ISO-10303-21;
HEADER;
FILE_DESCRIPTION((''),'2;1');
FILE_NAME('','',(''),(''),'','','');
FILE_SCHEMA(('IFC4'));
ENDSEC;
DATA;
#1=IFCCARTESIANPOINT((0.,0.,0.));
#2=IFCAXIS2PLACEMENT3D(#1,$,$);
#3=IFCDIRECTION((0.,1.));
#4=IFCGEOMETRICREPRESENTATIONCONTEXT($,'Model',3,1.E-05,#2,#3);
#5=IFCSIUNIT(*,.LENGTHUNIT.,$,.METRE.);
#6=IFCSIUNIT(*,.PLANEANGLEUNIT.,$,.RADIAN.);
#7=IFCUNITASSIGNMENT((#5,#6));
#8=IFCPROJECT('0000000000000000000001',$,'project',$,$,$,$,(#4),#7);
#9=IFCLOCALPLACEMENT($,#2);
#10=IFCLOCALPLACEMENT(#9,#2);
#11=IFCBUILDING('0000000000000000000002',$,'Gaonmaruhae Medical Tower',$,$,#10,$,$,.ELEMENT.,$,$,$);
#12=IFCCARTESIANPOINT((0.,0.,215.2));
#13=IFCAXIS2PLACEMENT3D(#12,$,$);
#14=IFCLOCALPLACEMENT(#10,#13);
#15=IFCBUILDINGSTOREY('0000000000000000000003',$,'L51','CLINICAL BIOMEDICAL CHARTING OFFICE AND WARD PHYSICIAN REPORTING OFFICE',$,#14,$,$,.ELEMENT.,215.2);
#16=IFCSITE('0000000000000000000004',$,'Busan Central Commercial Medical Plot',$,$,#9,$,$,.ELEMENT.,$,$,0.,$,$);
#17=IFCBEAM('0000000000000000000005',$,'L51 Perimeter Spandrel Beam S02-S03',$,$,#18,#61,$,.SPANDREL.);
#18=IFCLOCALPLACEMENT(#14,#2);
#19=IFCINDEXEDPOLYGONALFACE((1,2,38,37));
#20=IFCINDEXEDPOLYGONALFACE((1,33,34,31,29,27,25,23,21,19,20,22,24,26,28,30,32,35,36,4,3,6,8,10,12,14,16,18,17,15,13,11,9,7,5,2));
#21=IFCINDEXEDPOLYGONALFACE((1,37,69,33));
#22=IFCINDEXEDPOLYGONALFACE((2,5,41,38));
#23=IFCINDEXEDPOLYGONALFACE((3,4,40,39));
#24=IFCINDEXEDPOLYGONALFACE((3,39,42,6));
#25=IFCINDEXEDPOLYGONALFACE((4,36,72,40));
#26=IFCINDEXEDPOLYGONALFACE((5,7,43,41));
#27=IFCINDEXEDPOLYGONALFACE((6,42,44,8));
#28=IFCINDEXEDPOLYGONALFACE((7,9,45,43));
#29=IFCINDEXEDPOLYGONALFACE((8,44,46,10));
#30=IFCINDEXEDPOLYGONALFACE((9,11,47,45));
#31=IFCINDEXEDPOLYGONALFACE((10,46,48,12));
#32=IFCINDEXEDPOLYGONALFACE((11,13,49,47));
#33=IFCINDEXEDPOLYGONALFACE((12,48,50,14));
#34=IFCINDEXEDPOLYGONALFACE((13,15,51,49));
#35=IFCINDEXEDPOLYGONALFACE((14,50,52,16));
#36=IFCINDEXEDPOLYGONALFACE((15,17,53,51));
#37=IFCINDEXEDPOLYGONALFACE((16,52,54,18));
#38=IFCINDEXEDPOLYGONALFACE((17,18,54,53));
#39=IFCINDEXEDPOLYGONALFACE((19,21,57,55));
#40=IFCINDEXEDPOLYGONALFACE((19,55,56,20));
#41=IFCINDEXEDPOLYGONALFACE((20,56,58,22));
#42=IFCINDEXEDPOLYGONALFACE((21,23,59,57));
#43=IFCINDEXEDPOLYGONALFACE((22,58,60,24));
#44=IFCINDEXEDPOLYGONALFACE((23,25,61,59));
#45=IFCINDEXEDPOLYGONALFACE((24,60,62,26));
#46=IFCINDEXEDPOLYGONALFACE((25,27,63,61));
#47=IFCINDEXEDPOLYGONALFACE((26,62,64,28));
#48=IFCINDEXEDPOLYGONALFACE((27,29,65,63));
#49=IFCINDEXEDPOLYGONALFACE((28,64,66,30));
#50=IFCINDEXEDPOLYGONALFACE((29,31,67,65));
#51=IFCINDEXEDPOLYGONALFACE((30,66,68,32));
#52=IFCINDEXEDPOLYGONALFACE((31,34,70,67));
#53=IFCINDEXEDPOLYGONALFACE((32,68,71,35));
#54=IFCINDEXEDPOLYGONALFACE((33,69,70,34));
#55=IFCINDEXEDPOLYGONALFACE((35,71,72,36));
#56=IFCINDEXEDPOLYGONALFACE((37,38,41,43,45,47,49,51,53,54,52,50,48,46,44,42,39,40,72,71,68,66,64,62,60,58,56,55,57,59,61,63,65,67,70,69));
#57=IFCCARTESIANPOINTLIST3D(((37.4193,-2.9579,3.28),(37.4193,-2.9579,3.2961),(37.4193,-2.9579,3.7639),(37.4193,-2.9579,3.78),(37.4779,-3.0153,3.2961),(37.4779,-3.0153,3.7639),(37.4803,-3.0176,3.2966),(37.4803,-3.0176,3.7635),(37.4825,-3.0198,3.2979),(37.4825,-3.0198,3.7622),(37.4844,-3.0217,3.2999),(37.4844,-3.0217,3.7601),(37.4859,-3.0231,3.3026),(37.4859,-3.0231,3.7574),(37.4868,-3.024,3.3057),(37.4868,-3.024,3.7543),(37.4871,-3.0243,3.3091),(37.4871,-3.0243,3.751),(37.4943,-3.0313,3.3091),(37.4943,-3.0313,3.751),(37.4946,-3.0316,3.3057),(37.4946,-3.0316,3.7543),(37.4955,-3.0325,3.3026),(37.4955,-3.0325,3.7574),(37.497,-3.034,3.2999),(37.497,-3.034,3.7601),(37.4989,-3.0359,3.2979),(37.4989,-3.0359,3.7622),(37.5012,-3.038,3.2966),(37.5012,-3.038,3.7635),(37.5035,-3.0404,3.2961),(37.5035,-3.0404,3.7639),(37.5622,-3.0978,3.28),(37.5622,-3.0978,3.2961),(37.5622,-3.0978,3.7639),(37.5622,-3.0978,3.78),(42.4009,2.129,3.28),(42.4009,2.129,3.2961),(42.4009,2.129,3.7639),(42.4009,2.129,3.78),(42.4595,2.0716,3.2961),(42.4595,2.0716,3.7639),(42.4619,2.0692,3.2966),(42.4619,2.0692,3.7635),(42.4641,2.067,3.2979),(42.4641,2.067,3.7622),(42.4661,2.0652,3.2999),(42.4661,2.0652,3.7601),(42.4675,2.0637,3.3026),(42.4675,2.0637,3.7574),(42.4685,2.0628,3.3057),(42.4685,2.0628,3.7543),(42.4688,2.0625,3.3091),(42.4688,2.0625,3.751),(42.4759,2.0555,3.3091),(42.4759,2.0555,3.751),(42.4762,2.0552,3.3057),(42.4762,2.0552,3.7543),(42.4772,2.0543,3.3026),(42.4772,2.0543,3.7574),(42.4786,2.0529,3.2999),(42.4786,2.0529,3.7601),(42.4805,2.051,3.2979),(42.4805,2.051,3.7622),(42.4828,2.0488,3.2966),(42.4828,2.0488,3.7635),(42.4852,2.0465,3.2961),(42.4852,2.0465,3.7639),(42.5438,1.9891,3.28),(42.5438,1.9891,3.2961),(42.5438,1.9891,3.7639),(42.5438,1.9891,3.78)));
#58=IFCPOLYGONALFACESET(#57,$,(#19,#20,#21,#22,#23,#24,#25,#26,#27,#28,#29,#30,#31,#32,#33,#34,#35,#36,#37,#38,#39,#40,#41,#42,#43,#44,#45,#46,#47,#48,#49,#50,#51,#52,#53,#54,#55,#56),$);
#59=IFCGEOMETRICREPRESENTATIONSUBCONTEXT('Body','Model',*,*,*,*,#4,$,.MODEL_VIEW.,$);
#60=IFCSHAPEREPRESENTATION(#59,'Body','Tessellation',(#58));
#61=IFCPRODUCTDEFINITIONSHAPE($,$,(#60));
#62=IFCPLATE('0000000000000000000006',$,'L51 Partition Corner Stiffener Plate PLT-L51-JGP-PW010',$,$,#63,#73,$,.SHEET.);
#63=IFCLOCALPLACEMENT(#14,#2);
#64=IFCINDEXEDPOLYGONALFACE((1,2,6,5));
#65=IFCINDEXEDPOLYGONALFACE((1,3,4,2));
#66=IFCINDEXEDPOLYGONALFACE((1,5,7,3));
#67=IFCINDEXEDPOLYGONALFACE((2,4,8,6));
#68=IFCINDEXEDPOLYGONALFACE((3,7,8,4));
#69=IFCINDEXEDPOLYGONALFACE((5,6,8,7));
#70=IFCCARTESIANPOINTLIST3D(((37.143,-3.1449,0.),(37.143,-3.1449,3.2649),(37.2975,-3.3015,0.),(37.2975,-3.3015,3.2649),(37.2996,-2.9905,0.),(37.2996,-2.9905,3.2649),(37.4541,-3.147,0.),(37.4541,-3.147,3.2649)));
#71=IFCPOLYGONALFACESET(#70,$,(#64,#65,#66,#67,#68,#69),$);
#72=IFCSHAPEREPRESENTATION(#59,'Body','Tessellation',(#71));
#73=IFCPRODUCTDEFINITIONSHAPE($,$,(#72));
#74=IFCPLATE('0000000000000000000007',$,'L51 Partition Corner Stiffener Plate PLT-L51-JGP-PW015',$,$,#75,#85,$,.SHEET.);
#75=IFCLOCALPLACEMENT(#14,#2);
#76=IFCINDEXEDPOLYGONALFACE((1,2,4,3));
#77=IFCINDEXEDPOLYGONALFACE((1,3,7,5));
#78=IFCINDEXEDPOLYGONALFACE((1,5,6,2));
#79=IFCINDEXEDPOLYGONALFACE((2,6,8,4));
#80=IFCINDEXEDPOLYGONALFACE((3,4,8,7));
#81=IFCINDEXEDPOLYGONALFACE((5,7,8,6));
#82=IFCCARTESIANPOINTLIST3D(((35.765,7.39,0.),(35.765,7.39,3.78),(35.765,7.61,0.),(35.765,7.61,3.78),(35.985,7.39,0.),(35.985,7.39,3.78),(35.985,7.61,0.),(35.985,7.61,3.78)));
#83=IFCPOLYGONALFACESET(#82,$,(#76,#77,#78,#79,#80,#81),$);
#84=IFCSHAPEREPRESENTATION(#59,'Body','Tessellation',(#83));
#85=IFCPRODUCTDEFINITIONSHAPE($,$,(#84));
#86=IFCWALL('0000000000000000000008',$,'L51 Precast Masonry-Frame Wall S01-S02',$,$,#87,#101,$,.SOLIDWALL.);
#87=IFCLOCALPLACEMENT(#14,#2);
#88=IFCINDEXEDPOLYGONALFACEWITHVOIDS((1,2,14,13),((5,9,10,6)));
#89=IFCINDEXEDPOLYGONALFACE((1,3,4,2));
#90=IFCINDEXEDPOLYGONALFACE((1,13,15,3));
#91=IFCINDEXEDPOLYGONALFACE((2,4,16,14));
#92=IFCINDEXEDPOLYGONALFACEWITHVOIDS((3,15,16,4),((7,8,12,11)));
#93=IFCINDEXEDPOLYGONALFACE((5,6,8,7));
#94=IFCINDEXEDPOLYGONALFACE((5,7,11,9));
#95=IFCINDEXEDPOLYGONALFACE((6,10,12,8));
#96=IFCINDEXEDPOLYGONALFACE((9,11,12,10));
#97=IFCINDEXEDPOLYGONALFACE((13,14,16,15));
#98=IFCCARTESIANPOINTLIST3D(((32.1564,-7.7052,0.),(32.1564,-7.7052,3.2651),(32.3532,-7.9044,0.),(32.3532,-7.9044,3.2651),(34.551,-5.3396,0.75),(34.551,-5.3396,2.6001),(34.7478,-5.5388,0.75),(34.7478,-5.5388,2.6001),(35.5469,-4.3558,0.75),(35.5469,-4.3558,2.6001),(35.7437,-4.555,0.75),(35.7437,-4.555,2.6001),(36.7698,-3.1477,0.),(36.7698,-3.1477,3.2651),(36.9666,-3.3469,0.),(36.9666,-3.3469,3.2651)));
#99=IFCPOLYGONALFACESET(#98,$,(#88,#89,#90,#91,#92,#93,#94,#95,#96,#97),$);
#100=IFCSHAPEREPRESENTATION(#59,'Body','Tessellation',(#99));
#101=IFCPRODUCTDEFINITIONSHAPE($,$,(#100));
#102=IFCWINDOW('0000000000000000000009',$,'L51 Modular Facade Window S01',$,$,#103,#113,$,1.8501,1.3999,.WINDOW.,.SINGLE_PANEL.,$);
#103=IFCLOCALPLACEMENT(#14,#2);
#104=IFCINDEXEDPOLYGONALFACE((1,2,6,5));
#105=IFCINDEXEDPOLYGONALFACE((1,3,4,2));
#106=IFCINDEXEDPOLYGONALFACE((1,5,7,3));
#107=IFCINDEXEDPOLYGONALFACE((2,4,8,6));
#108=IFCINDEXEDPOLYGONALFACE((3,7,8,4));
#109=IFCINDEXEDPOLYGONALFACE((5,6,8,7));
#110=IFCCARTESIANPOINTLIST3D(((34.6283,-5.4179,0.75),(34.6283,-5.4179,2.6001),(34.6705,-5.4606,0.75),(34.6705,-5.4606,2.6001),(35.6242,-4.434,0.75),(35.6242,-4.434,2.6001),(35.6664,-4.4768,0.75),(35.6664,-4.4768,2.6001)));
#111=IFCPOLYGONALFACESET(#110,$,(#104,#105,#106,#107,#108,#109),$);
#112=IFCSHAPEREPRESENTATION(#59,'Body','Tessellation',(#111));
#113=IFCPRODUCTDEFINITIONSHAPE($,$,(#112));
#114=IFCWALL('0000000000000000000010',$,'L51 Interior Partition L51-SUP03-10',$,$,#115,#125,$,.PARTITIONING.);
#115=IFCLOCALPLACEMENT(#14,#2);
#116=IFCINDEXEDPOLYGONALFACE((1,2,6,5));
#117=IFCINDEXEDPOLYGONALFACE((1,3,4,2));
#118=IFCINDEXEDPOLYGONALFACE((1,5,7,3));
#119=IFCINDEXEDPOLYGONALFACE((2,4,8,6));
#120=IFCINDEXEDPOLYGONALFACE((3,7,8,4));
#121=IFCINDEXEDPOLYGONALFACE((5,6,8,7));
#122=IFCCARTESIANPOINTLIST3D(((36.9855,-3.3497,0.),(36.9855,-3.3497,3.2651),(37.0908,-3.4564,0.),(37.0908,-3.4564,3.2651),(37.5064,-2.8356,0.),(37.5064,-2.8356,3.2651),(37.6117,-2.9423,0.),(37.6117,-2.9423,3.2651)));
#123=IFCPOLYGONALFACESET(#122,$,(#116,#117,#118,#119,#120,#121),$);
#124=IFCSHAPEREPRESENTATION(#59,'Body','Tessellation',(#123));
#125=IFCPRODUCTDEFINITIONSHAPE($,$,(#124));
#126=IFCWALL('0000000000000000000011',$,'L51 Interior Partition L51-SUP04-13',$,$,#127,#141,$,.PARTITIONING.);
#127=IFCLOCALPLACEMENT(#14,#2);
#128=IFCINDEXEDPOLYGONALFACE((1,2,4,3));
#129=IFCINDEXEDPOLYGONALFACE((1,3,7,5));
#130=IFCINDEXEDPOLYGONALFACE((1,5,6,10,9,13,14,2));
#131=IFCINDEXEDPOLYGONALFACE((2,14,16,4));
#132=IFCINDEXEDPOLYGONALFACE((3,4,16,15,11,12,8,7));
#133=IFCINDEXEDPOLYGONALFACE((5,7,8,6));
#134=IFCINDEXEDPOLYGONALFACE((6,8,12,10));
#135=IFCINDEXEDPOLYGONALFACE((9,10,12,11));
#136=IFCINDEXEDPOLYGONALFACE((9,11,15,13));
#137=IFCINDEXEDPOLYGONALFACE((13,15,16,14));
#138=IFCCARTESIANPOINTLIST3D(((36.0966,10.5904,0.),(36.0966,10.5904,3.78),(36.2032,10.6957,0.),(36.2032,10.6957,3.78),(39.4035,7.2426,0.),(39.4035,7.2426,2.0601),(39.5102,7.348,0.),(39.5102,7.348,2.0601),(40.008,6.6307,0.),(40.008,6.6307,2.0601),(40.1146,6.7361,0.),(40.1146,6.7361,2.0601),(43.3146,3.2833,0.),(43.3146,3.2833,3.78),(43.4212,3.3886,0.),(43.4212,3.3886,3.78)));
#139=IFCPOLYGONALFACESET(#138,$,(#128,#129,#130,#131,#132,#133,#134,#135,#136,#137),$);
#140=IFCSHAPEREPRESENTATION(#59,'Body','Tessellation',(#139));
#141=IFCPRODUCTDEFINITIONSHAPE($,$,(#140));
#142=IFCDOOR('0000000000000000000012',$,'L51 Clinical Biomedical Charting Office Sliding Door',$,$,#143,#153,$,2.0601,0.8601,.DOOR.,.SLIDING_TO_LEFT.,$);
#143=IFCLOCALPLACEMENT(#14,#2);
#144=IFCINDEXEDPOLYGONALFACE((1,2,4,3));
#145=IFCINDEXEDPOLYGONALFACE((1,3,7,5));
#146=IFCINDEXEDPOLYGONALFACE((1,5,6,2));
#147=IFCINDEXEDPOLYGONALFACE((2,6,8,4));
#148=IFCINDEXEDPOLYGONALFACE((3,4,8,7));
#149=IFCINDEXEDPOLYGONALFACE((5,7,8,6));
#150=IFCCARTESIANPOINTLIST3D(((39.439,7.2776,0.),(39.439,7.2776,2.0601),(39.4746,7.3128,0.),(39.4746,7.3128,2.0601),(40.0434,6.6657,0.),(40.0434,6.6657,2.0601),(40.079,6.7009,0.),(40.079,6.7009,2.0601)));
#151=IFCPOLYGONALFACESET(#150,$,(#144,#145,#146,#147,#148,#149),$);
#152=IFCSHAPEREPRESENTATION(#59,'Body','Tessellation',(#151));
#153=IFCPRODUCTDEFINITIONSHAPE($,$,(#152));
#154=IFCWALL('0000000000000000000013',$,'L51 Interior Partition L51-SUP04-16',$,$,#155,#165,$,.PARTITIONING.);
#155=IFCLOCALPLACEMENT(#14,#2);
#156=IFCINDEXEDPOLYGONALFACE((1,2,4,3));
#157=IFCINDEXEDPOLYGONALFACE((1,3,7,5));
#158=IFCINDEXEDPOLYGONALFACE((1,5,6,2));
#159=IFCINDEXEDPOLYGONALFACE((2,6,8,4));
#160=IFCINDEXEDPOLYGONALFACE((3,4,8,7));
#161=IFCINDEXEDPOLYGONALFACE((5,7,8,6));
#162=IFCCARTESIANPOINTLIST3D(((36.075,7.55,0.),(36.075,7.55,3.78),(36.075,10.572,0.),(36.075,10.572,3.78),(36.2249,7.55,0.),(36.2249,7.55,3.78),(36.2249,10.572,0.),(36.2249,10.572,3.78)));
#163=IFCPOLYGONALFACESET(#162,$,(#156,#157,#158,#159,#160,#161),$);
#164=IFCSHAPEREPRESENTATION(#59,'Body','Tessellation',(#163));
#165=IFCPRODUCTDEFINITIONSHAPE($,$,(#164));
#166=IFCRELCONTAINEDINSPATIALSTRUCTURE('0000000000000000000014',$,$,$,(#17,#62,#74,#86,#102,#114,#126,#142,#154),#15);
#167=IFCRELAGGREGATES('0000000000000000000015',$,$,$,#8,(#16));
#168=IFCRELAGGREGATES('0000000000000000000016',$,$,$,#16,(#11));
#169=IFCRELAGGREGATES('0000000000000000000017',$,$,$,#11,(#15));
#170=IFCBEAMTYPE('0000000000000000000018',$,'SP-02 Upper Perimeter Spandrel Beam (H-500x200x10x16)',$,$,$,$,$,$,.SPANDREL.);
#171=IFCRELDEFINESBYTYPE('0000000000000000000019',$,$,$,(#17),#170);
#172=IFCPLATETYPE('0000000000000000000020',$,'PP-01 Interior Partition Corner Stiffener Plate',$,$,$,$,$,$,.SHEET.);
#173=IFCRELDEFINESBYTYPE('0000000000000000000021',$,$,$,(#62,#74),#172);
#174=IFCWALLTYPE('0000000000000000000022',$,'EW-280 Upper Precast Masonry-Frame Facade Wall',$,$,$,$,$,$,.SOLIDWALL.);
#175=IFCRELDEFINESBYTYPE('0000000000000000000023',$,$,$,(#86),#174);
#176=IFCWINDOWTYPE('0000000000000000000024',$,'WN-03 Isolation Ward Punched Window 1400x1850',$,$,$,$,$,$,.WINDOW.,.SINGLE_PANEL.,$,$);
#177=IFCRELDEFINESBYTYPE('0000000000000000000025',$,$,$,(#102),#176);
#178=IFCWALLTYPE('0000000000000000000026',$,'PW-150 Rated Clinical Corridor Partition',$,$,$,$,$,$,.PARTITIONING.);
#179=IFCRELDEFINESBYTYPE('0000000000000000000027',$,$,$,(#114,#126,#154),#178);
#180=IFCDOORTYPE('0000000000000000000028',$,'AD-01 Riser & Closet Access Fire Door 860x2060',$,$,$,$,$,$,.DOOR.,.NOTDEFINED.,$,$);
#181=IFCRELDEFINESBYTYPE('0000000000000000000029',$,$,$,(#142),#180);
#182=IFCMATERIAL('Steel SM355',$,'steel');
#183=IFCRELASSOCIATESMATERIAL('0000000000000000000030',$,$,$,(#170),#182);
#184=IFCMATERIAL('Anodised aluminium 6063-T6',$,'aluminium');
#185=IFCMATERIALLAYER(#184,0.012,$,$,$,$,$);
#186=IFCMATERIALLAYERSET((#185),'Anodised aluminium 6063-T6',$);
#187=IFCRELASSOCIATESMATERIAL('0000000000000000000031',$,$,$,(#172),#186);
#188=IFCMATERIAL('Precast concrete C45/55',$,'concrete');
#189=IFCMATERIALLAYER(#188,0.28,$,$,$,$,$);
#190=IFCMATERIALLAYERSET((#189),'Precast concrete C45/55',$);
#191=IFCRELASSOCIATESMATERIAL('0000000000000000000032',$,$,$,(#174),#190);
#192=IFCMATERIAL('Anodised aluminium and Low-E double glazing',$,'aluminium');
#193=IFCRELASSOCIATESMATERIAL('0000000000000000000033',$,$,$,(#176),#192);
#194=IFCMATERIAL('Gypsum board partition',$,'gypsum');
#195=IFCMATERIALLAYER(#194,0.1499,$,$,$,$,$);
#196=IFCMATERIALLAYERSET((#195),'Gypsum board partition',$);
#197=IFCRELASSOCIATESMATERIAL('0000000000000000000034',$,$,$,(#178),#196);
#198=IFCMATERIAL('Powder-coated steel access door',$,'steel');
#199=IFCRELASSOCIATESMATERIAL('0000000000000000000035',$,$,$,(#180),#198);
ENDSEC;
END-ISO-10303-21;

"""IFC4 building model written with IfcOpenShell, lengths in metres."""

from ifc_helpers import new_model, si_unit, direction, frame, frame_2d, origin, origin_2d, place, context, subcontext, project, spatial, rectangle, i_section, extrude, material, layer, layer_set, material_profile, profile_set, type_object, element, fill, save


model = new_model("IFC4")

# Units and contexts
model_context = context("Model", 3, precision=1e-05, world=origin(), true_north=direction((0.0, 1.0)))
body_context = subcontext(model_context, "Body", "Model", "MODEL_VIEW")
ifc_project = project(units=[si_unit("LENGTHUNIT", "METRE"), si_unit("PLANEANGLEUNIT", "RADIAN")], contexts=[model_context])

# Site, building, storey
site_placement = place(None, origin())
site = spatial("IfcSite", under=ifc_project, at=site_placement, Name="Busan Central Commercial Medical Plot", CompositionType="ELEMENT", RefElevation=0.0)
building_placement = place(site_placement, origin())
building = spatial("IfcBuilding", under=site, at=building_placement, Name="Gaonmaruhae Medical Tower", CompositionType="ELEMENT")
storey_placement = place(building_placement, frame((0.0, 0.0, 215.2)))
storey = spatial("IfcBuildingStorey", under=building, at=storey_placement, Name="L51", Description="CLINICAL BIOMEDICAL CHARTING OFFICE AND WARD PHYSICIAN REPORTING OFFICE", CompositionType="ELEMENT", Elevation=215.2)

# Beam
ifc_material_1 = material(Name="Steel SM355", Category="steel")
ifc_material_profile_1 = material_profile(ifc_material_1, i_section(OverallWidth=0.2, OverallDepth=0.5, WebThickness=0.01, FlangeThickness=0.0161, FilletRadius=0.0129, at=origin_2d()), Name="H-500x200x10x16")
ifc_profile_set_1 = profile_set([ifc_material_profile_1], Name="Steel SM355")
beam_type_1 = type_object("IfcBeamType", Name="SP-02 Upper Perimeter Spandrel Beam (H-500x200x10x16)", PredefinedType="SPANDREL", material=ifc_profile_set_1)
beam_1_placement = place(storey_placement, frame((37.4907, -3.0278, 3.53), z_axis=(0.699679, 0.714458, 0.0), x_axis=(-0.714458, 0.699679, 0.0)))
element("IfcBeam", 1, at=beam_1_placement, inside=storey, type_object=beam_type_1, Name="L51 Perimeter Spandrel Beam S02-S03", PredefinedType="SPANDREL", context=body_context, shape_type="SweptSolid", body=[
    extrude(i_section(OverallWidth=0.2, OverallDepth=0.5, WebThickness=0.01, FlangeThickness=0.0161, FilletRadius=0.0129, at=origin_2d()), origin(), (0.0, 0.0, 1.0), 7.1199),
])

# Plates
ifc_material_2 = material(Name="Anodised aluminium 6063-T6", Category="aluminium")
ifc_layer_1 = layer(ifc_material_2, 0.012)
ifc_layer_set_1 = layer_set([ifc_layer_1], Name="Anodised aluminium 6063-T6")
plate_type = type_object("IfcPlateType", Name="PP-01 Interior Partition Corner Stiffener Plate", PredefinedType="SHEET", material=ifc_layer_set_1)
plate_1_placement = place(storey_placement, frame((37.2986, -3.146, 0.0), z_axis=(0.0, 0.0, 1.0), x_axis=(-0.711879, -0.702302, 0.0)))
element("IfcPlate", 2, at=plate_1_placement, inside=storey, type_object=plate_type, Name="L51 Partition Corner Stiffener Plate PLT-L51-JGP-PW010", PredefinedType="SHEET", context=body_context, shape_type="SweptSolid", body=[
    extrude(rectangle(XDim=0.22, YDim=0.22, at=origin_2d()), origin(), (0.0, 0.0, 1.0), 3.2649),
])
plate_2_placement = place(storey_placement, frame((35.875, 7.5, 0.0), z_axis=(0.0, 0.0, 1.0), x_axis=(1.0, 0.0, 0.0)))
element("IfcPlate", 3, at=plate_2_placement, inside=storey, type_object=plate_type, Name="L51 Partition Corner Stiffener Plate PLT-L51-JGP-PW015", PredefinedType="SHEET", context=body_context, shape_type="SweptSolid", body=[
    extrude(rectangle(XDim=0.22, YDim=0.22, at=origin_2d()), origin(), (0.0, 0.0, 1.0), 3.78),
])

# Wall, opening, window
ifc_material_3 = material(Name="Precast concrete C45/55", Category="concrete")
ifc_layer_2 = layer(ifc_material_3, 0.28)
ifc_layer_set_2 = layer_set([ifc_layer_2], Name="Precast concrete C45/55")
wall_type_1 = type_object("IfcWallType", Name="EW-280 Upper Precast Masonry-Frame Facade Wall", PredefinedType="SOLIDWALL", material=ifc_layer_set_2)
wall_1_placement = place(storey_placement, frame((36.8682, -3.2473, 0.0), z_axis=(0.0, 0.0, 1.0), x_axis=(-0.711404, -0.702783, 0.0)))
wall_1 = element("IfcWall", 4, at=wall_1_placement, inside=storey, type_object=wall_type_1, Name="L51 Precast Masonry-Frame Wall S01-S02", PredefinedType="SOLIDWALL", context=body_context, shape_type="SweptSolid", body=[
    extrude(rectangle(XDim=6.4849, YDim=0.28, at=frame_2d((3.2424, 0.0))), origin(), (0.0, 0.0, 1.0), 3.2651),
])
opening_1_placement = place(wall_1_placement, frame((1.719, 0.0, 0.75)))
opening_1 = element("IfcOpeningElement", 5, at=opening_1_placement, cuts=wall_1, PredefinedType="OPENING", context=body_context, shape_type="SweptSolid", body=[
    extrude(rectangle(XDim=1.3999, YDim=1.8501, at=frame_2d((0.7, 0.925))), frame((0.0, 0.1499, 0.0), z_axis=(0.0, -1.0, 0.0), x_axis=(1.0, 0.0, 0.0)), (0.0, 0.0, 1.0), 0.3),
])
ifc_material_4 = material(Name="Anodised aluminium and Low-E double glazing", Category="aluminium")
window_type = type_object("IfcWindowType", Name="WN-03 Isolation Ward Punched Window 1400x1850", PartitioningType="SINGLE_PANEL", PredefinedType="WINDOW", material=ifc_material_4)
window_placement = place(opening_1_placement, origin())
window = element("IfcWindow", 6, at=window_placement, inside=storey, type_object=window_type, Name="L51 Modular Facade Window S01", OverallHeight=1.8501, OverallWidth=1.3999, PartitioningType="SINGLE_PANEL", PredefinedType="WINDOW", context=body_context, shape_type="SweptSolid", body=[
    extrude(rectangle(XDim=1.3999, YDim=1.8501, at=frame_2d((0.7, 0.925))), frame((0.0, 0.03, 0.0), z_axis=(0.0, -1.0, 0.0), x_axis=(1.0, 0.0, 0.0)), (0.0, 0.0, 1.0), 0.0601),
])
fill(opening_1, window)

# Wall
ifc_material_5 = material(Name="Gypsum board partition", Category="gypsum")
ifc_layer_3 = layer(ifc_material_5, 0.1499)
ifc_layer_set_3 = layer_set([ifc_layer_3], Name="Gypsum board partition")
wall_type_2 = type_object("IfcWallType", Name="PW-150 Rated Clinical Corridor Partition", PredefinedType="PARTITIONING", material=ifc_layer_set_3)
wall_2_placement = place(storey_placement, frame((37.5591, -2.8889, 0.0), z_axis=(0.0, 0.0, 1.0), x_axis=(-0.711761, -0.702422, 0.0)))
element("IfcWall", 7, at=wall_2_placement, inside=storey, type_object=wall_type_2, Name="L51 Interior Partition L51-SUP03-10", PredefinedType="PARTITIONING", context=body_context, shape_type="SweptSolid", body=[
    extrude(rectangle(XDim=0.7319, YDim=0.1499, at=frame_2d((0.366, 0.0))), origin(), (0.0, 0.0, 1.0), 3.2651),
])

# Wall, opening, door
wall_3_placement = place(storey_placement, frame((36.1499, 10.6431, 0.0), z_axis=(0.0, 0.0, 1.0), x_axis=(0.702755, -0.711431, 0.0)))
wall_3 = element("IfcWall", 8, at=wall_3_placement, inside=storey, type_object=wall_type_2, Name="L51 Interior Partition L51-SUP04-13", PredefinedType="PARTITIONING", context=body_context, shape_type="SweptSolid", body=[
    extrude(rectangle(XDim=10.271, YDim=0.1499, at=frame_2d((5.1355, 0.0))), origin(), (0.0, 0.0, 1.0), 3.78),
])
opening_2_placement = place(wall_3_placement, frame((4.7056, 0.0, 0.0)))
opening_2 = element("IfcOpeningElement", 9, at=opening_2_placement, cuts=wall_3, PredefinedType="OPENING", context=body_context, shape_type="SweptSolid", body=[
    extrude(rectangle(XDim=0.8601, YDim=2.0601, at=frame_2d((0.4302, 1.03))), frame((0.0, 0.085, 0.0), z_axis=(0.0, -1.0, 0.0), x_axis=(1.0, 0.0, 0.0)), (0.0, 0.0, 1.0), 0.1699),
])
ifc_material_6 = material(Name="Powder-coated steel access door", Category="steel")
door_type = type_object("IfcDoorType", Name="AD-01 Riser & Closet Access Fire Door 860x2060", OperationType="NOTDEFINED", PredefinedType="DOOR", material=ifc_material_6)
door_1_placement = place(opening_2_placement, origin())
door_1 = element("IfcDoor", 10, at=door_1_placement, inside=storey, type_object=door_type, Name="L51 Clinical Biomedical Charting Office Sliding Door", OperationType="SLIDING_TO_LEFT", OverallHeight=2.0601, OverallWidth=0.8601, PredefinedType="DOOR", context=body_context, shape_type="SweptSolid", body=[
    extrude(rectangle(XDim=0.8601, YDim=2.0601, at=frame_2d((0.4302, 1.03))), frame((0.0, 0.0249, 0.0), z_axis=(0.0, -1.0, 0.0), x_axis=(1.0, 0.0, 0.0)), (0.0, 0.0, 1.0), 0.05),
])
fill(opening_2, door_1)

# Wall
wall_4_placement = place(storey_placement, frame((36.1499, 7.55, 0.0), z_axis=(0.0, 0.0, 1.0), x_axis=(0.0, 1.0, 0.0)))
element("IfcWall", 11, at=wall_4_placement, inside=storey, type_object=wall_type_2, Name="L51 Interior Partition L51-SUP04-16", PredefinedType="PARTITIONING", context=body_context, shape_type="SweptSolid", body=[
    extrude(rectangle(XDim=3.022, YDim=0.1499, at=frame_2d((1.511, 0.0))), origin(), (0.0, 0.0, 1.0), 3.78),
])

save(model, "model.ifc")
